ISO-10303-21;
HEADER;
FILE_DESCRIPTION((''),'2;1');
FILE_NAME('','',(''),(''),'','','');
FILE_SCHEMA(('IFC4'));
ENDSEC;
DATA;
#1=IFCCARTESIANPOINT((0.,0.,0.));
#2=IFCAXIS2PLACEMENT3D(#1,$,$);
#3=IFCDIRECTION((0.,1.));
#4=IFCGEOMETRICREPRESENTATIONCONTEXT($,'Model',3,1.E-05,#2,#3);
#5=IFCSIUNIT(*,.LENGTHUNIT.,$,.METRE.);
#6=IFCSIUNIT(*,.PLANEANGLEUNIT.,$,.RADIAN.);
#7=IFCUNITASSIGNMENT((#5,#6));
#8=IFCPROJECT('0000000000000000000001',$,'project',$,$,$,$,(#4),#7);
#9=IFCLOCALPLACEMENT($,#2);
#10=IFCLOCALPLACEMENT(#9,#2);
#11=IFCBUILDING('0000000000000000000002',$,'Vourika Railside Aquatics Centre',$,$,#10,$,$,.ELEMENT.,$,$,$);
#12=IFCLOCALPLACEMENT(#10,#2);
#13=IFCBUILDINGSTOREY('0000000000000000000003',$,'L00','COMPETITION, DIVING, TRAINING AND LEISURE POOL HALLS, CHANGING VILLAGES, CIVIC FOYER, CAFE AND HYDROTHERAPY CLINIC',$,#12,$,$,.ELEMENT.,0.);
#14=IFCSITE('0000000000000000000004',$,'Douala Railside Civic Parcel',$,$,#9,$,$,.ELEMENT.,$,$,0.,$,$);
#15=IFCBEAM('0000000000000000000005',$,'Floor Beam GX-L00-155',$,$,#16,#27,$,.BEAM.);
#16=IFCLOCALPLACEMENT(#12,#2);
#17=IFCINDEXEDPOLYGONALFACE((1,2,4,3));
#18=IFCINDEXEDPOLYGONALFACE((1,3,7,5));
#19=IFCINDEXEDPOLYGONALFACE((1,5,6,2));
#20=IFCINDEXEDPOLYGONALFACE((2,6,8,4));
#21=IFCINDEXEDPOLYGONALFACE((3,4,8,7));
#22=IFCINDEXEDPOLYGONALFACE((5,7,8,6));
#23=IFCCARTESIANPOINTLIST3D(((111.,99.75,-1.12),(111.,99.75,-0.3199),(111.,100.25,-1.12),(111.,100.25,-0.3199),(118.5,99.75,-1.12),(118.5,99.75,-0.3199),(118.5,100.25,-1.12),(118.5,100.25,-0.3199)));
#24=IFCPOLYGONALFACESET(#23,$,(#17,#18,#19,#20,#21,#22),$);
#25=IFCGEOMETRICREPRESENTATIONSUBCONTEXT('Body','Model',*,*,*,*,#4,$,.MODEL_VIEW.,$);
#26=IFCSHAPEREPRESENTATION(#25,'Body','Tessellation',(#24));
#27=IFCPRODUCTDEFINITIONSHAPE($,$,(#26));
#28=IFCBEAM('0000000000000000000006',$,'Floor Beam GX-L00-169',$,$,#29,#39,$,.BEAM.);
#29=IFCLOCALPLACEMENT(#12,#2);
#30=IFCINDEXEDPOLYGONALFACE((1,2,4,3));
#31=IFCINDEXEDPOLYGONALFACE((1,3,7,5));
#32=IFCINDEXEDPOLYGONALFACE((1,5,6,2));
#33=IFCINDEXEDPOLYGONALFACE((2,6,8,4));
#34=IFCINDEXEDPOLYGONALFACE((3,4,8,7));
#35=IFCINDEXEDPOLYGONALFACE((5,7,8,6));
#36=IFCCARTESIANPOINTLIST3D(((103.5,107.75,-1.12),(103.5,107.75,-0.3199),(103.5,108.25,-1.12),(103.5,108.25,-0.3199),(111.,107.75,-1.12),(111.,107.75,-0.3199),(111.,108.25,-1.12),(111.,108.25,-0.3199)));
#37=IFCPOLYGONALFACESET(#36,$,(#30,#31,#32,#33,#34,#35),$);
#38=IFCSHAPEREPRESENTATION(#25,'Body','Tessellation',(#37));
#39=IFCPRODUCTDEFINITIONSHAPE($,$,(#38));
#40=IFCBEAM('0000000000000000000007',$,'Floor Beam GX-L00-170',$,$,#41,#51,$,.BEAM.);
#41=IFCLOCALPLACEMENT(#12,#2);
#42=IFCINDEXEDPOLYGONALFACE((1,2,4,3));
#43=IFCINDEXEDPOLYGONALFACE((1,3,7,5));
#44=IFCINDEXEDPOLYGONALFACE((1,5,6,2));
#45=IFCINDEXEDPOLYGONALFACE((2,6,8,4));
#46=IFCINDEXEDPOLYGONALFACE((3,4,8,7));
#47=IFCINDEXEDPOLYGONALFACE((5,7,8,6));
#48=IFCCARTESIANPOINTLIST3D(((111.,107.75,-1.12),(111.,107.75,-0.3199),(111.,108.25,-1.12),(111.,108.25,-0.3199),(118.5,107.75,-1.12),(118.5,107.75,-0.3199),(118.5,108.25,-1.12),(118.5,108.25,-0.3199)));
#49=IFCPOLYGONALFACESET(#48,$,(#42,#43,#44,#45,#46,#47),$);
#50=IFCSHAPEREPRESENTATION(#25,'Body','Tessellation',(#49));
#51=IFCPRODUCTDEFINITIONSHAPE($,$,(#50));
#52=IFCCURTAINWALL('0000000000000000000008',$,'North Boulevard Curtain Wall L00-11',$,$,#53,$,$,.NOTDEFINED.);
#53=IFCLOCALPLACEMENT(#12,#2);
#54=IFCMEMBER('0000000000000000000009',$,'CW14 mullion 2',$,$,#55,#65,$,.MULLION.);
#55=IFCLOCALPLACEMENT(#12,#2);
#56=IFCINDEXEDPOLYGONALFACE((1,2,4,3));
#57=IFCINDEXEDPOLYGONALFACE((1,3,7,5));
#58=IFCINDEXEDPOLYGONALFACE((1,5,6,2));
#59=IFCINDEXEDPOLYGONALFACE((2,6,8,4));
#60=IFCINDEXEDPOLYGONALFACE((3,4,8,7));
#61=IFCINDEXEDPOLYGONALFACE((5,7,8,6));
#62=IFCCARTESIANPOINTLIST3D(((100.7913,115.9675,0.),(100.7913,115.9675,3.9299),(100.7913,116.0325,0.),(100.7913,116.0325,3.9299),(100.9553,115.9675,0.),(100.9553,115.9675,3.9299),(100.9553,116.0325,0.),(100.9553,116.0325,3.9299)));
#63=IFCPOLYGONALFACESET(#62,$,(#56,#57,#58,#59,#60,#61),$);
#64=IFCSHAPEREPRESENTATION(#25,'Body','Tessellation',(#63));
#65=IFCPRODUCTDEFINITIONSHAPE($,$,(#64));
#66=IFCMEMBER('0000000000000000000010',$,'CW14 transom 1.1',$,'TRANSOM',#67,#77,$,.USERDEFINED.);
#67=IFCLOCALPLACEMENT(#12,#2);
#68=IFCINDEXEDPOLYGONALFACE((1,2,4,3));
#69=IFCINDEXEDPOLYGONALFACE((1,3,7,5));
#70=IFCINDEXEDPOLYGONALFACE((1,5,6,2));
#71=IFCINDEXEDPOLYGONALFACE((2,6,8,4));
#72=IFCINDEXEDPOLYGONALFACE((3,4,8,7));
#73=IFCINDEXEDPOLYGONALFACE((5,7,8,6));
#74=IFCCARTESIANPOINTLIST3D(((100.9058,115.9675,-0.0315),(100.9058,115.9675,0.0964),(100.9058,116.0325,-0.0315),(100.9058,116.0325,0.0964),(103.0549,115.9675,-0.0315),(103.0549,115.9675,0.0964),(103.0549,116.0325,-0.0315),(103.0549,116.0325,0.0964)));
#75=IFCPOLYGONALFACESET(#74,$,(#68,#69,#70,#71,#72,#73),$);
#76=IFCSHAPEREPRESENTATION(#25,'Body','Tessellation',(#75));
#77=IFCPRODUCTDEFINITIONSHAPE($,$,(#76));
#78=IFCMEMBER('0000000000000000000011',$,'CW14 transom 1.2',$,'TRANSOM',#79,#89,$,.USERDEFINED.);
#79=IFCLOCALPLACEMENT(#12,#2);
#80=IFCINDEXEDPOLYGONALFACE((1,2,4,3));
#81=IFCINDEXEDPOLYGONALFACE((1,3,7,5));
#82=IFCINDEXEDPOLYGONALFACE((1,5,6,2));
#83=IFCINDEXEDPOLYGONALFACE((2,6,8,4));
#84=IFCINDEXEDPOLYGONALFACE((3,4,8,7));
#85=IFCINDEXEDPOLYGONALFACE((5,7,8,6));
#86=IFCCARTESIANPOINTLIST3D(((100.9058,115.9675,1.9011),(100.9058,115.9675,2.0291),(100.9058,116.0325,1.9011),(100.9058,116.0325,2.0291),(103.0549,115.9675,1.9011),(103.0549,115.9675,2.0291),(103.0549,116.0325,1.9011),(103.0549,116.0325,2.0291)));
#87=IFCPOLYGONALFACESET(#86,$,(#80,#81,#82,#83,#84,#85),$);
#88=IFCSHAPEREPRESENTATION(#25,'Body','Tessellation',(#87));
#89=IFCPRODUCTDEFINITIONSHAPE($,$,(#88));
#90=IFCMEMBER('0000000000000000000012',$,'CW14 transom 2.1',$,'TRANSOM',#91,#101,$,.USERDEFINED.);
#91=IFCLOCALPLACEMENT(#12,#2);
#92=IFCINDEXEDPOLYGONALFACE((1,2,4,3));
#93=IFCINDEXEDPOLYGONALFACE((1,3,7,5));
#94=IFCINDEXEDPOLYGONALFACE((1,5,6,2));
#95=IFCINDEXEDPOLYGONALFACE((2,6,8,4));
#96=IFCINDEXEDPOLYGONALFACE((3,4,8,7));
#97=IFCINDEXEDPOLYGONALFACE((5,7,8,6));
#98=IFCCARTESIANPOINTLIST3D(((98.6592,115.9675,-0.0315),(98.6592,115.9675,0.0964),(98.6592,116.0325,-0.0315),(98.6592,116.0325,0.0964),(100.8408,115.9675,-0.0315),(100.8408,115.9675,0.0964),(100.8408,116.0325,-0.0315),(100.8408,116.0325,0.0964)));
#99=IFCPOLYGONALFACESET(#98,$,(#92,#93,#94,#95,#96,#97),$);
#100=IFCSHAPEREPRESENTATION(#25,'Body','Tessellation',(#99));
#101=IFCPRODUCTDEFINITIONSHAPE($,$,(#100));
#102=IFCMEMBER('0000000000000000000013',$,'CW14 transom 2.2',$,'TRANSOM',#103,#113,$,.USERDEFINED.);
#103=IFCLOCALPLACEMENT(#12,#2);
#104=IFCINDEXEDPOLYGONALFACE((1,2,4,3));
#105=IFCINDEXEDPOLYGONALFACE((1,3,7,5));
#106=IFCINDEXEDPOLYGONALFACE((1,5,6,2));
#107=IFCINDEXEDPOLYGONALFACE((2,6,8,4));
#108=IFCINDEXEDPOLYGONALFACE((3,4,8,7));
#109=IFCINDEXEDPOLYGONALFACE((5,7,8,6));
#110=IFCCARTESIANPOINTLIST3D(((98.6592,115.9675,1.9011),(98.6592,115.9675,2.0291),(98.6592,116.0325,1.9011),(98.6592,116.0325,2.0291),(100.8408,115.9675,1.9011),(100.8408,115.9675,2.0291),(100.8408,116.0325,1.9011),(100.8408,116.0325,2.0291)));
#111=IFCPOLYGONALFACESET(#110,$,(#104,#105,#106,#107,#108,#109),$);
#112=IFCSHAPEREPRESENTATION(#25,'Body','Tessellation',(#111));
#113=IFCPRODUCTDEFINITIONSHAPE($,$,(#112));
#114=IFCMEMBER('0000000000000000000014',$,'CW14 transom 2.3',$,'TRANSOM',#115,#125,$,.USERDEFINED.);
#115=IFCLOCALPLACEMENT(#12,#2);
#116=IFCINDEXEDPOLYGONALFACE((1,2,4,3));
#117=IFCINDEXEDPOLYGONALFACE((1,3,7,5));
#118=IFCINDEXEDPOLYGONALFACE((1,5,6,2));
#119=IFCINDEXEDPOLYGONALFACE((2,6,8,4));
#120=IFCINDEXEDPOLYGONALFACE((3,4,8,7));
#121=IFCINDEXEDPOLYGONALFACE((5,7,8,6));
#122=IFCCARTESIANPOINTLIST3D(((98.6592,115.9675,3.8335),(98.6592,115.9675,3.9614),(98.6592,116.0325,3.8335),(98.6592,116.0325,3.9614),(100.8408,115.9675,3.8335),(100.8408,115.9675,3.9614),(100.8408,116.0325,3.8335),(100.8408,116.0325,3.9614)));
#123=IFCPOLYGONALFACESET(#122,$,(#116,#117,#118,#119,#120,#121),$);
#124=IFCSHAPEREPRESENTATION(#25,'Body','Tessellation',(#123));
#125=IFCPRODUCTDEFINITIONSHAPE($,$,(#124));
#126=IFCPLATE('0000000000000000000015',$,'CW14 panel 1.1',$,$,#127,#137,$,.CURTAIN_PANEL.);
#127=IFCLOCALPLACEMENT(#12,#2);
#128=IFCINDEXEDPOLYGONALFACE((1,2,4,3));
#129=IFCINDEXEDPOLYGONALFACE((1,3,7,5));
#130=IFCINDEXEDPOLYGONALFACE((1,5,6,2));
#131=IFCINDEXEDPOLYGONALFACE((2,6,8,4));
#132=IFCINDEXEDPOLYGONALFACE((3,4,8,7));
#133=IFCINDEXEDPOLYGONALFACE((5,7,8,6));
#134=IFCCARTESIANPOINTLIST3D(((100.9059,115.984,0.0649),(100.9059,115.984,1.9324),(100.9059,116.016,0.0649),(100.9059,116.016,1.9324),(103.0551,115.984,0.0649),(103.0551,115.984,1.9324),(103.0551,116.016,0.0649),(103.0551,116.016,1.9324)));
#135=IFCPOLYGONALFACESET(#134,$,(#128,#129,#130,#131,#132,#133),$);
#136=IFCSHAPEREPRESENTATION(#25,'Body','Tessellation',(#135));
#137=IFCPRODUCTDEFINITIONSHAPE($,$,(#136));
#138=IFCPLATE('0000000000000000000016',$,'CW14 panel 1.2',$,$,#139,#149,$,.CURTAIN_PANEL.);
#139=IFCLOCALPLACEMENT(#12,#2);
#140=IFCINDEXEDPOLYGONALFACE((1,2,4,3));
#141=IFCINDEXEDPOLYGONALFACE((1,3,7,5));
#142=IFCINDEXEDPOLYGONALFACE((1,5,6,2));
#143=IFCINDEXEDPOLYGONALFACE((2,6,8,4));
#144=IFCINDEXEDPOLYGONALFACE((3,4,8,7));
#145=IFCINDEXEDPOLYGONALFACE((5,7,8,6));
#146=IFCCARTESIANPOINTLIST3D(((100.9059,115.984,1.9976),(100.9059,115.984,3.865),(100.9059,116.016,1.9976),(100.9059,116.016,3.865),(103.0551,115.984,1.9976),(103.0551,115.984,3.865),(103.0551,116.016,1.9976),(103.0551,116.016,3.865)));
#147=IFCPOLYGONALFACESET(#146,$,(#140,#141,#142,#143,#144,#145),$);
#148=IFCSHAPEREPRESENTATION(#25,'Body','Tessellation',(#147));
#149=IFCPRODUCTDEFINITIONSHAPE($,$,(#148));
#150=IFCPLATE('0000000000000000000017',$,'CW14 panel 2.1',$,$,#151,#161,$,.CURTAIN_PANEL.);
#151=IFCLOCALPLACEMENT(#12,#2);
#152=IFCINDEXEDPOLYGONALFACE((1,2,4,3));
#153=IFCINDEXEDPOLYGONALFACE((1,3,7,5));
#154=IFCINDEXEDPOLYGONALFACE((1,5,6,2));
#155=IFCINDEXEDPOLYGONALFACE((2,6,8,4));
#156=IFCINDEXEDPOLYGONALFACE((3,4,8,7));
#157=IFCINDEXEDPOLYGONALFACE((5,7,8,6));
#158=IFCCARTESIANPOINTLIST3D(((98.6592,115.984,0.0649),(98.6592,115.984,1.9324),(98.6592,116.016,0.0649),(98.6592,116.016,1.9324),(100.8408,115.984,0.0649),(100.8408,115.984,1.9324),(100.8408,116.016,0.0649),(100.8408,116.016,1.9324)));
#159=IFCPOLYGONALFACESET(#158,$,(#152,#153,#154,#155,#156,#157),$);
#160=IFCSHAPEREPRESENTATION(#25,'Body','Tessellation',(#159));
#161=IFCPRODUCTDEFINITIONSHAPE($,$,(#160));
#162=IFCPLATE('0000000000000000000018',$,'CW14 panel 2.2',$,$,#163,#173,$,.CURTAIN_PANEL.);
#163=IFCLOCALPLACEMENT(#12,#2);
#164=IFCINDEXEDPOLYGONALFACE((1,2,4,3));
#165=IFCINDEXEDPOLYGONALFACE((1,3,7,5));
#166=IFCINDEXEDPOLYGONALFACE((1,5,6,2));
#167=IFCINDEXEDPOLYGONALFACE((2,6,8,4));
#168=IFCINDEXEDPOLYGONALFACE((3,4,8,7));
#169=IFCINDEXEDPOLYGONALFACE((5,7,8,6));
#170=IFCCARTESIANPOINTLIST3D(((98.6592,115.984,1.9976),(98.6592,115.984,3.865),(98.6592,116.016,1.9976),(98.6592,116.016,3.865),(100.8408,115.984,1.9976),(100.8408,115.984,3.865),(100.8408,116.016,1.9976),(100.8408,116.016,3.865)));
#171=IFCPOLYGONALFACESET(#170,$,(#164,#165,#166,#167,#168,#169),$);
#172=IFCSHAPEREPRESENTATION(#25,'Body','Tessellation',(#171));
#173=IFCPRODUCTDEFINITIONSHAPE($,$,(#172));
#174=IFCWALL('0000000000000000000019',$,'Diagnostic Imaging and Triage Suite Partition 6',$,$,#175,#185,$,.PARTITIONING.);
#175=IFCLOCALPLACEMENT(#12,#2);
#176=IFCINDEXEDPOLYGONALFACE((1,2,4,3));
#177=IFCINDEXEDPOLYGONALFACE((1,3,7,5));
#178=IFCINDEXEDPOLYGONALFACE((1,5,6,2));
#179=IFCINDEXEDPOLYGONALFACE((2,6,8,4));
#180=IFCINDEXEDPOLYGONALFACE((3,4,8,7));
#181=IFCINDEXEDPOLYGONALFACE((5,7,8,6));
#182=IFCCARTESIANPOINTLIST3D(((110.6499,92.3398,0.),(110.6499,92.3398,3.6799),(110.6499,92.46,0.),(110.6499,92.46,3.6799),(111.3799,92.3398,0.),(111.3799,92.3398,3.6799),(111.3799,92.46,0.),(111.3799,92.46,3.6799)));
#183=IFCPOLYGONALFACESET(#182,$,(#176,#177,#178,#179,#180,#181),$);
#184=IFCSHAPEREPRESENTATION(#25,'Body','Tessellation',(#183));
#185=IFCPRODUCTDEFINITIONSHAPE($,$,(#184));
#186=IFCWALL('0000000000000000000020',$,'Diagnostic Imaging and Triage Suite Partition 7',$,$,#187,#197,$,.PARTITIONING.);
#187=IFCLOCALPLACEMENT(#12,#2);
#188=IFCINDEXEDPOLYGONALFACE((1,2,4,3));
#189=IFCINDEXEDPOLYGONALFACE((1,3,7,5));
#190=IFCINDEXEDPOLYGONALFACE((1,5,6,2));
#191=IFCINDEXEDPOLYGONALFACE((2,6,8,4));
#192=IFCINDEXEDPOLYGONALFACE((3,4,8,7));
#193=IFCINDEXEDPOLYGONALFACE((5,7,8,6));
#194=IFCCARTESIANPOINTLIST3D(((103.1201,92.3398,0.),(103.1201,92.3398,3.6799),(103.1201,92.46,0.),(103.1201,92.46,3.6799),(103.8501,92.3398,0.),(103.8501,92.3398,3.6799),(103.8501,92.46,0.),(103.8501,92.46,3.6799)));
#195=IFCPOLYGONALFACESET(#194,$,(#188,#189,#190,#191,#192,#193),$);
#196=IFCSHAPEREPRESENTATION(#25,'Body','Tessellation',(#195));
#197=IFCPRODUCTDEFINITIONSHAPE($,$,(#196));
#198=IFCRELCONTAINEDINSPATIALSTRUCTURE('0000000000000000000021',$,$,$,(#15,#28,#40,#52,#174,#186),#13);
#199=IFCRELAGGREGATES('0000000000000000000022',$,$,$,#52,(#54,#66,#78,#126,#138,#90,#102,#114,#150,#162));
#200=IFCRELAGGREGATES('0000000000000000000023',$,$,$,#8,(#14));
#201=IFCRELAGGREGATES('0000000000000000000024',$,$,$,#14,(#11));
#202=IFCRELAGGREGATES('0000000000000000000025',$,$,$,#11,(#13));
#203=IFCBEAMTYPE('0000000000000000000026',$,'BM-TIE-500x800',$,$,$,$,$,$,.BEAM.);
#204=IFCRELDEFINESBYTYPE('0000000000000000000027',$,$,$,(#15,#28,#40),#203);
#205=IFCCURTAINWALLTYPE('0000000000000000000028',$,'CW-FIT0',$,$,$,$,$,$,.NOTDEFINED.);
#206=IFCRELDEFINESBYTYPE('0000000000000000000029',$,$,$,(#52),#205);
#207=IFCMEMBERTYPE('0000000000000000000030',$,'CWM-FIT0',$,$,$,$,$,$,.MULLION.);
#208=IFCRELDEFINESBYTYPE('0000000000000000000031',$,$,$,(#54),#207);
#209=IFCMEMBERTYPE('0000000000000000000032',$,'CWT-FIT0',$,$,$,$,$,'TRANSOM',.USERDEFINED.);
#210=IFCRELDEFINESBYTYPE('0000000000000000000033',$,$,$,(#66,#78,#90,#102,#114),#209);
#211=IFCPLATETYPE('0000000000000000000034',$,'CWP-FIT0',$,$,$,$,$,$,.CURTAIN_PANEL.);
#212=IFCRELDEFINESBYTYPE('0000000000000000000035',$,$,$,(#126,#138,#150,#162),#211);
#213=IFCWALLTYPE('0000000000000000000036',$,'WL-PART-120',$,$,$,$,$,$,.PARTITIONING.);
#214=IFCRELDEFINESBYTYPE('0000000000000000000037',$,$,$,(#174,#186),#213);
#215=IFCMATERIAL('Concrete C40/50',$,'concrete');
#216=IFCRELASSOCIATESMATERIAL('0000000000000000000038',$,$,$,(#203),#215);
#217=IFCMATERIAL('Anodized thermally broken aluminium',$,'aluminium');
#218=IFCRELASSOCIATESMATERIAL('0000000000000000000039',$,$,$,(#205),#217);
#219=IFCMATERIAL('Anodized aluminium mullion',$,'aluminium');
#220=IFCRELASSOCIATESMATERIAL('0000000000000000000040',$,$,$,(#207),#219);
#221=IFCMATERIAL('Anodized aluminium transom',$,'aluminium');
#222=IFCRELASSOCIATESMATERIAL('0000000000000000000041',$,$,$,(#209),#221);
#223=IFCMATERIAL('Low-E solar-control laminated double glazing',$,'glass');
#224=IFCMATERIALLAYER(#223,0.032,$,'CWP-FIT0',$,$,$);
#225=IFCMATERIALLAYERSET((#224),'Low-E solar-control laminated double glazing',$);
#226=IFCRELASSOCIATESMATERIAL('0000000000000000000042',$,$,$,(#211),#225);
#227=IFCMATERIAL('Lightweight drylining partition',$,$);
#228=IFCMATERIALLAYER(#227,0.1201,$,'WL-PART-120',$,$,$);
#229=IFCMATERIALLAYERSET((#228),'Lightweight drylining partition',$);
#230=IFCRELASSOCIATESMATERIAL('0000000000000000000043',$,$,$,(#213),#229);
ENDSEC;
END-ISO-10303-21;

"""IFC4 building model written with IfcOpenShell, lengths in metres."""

from ifc_helpers import new_model, si_unit, direction, frame, frame_2d, origin, origin_2d, place, context, subcontext, project, spatial, rectangle, extrude, material, layer, layer_set, material_profile, profile_set, type_object, element, aggregate, save


model = new_model("IFC4")

# Units and contexts
model_context = context("Model", 3, precision=1e-05, world=origin(), true_north=direction((0.0, 1.0)))
body_context = subcontext(model_context, "Body", "Model", "MODEL_VIEW")
ifc_project = project(units=[si_unit("LENGTHUNIT", "METRE"), si_unit("PLANEANGLEUNIT", "RADIAN")], contexts=[model_context])

# Site, building, storey
site_placement = place(None, origin())
site = spatial("IfcSite", under=ifc_project, at=site_placement, Name="Douala Railside Civic Parcel", CompositionType="ELEMENT", RefElevation=0.0)
building_placement = place(site_placement, origin())
building = spatial("IfcBuilding", under=site, at=building_placement, Name="Vourika Railside Aquatics Centre", CompositionType="ELEMENT")
storey_placement = place(building_placement, origin())
storey = spatial("IfcBuildingStorey", under=building, at=storey_placement, Name="L00", Description="COMPETITION, DIVING, TRAINING AND LEISURE POOL HALLS, CHANGING VILLAGES, CIVIC FOYER, CAFE AND HYDROTHERAPY CLINIC", CompositionType="ELEMENT", Elevation=0.0)

# Shared definitions
ifc_material_1 = material(Name="Concrete C40/50", Category="concrete")

# Beams
ifc_material_profile_1 = material_profile(ifc_material_1, rectangle(XDim=0.5, YDim=0.8, at=origin_2d()), Name="RC 500x800")
ifc_profile_set_1 = profile_set([ifc_material_profile_1], Name="Concrete C40/50")
beam_type_1 = type_object("IfcBeamType", Name="BM-TIE-500x800", PredefinedType="BEAM", material=ifc_profile_set_1)
for number, where, z_axis, x_axis, name in (
    (1, (111.0, 100.0, -0.72), (1.0, 0.0, 0.0), (0.0, 1.0, 0.0), "Floor Beam GX-L00-155"),
    (2, (103.5, 108.0, -0.72), (1.0, 0.0, 0.0), (0.0, 1.0, 0.0), "Floor Beam GX-L00-169"),
    (3, (111.0, 108.0, -0.72), (1.0, 0.0, 0.0), (0.0, 1.0, 0.0), "Floor Beam GX-L00-170"),
):
    element("IfcBeam", number, at=place(storey_placement, frame(where, z_axis=z_axis, x_axis=x_axis)), inside=storey, type_object=beam_type_1, Name=name, PredefinedType="BEAM", context=body_context, shape_type="SweptSolid", body=[
        extrude(rectangle(XDim=0.5, YDim=0.8, at=origin_2d()), origin(), (0.0, 0.0, 1.0), 7.5),
    ])

# Curtain wall, members, plates
ifc_material_2 = material(Name="Anodized thermally broken aluminium", Category="aluminium")
curtain_wall_type = type_object("IfcCurtainWallType", Name="CW-FIT0", PredefinedType="NOTDEFINED", material=ifc_material_2)
curtain_wall_placement = place(storey_placement, origin())
curtain_wall = element("IfcCurtainWall", 4, at=curtain_wall_placement, inside=storey, type_object=curtain_wall_type, Name="North Boulevard Curtain Wall L00-11", PredefinedType="NOTDEFINED")
ifc_material_3 = material(Name="Anodized aluminium mullion", Category="aluminium")
ifc_material_profile_2 = material_profile(ifc_material_3, rectangle(XDim=0.0649, YDim=0.1641, at=origin_2d()), Name="ALU-M 65x164")
ifc_profile_set_2 = profile_set([ifc_material_profile_2], Name="Anodized aluminium mullion")
member_type_1 = type_object("IfcMemberType", Name="CWM-FIT0", PredefinedType="MULLION", material=ifc_profile_set_2)
member_1_placement = place(storey_placement, frame((100.8733, 116.0, 0.0), z_axis=(0.0, 0.0, 1.0), x_axis=(0.0, -1.0, 0.0)))
member_1 = element("IfcMember", 5, at=member_1_placement, type_object=member_type_1, Name="CW14 mullion 2", PredefinedType="MULLION", context=body_context, shape_type="SweptSolid", body=[
    extrude(rectangle(XDim=0.0649, YDim=0.1641, at=origin_2d()), origin(), (0.0, 0.0, 1.0), 3.9299),
])
ifc_material_4 = material(Name="Anodized aluminium transom", Category="aluminium")
ifc_material_profile_3 = material_profile(ifc_material_4, rectangle(XDim=0.0649, YDim=0.1279, at=origin_2d()), Name="ALU-T 65x128")
ifc_profile_set_3 = profile_set([ifc_material_profile_3], Name="Anodized aluminium transom")
member_type_2 = type_object("IfcMemberType", Name="CWT-FIT0", ElementType="TRANSOM", PredefinedType="USERDEFINED", material=ifc_profile_set_3)
member_2_placement = place(storey_placement, frame((103.0549, 116.0, 0.0325), z_axis=(-1.0, 0.0, 0.0), x_axis=(0.0, -1.0, 0.0)))
member_2 = element("IfcMember", 6, at=member_2_placement, type_object=member_type_2, Name="CW14 transom 1.1", ObjectType="TRANSOM", PredefinedType="USERDEFINED", context=body_context, shape_type="SweptSolid", body=[
    extrude(rectangle(XDim=0.0649, YDim=0.1279, at=origin_2d()), origin(), (0.0, 0.0, 1.0), 2.1492),
])
member_3_placement = place(storey_placement, frame((103.0549, 116.0, 1.9651), z_axis=(-1.0, 0.0, 0.0), x_axis=(0.0, -1.0, 0.0)))
member_3 = element("IfcMember", 7, at=member_3_placement, type_object=member_type_2, Name="CW14 transom 1.2", ObjectType="TRANSOM", PredefinedType="USERDEFINED", context=body_context, shape_type="SweptSolid", body=[
    extrude(rectangle(XDim=0.0649, YDim=0.1279, at=origin_2d()), origin(), (0.0, 0.0, 1.0), 2.1492),
])
member_4_placement = place(storey_placement, frame((100.8408, 116.0, 0.0325), z_axis=(-1.0, 0.0, 0.0), x_axis=(0.0, -1.0, 0.0)))
member_4 = element("IfcMember", 8, at=member_4_placement, type_object=member_type_2, Name="CW14 transom 2.1", ObjectType="TRANSOM", PredefinedType="USERDEFINED", context=body_context, shape_type="SweptSolid", body=[
    extrude(rectangle(XDim=0.0649, YDim=0.1279, at=origin_2d()), origin(), (0.0, 0.0, 1.0), 2.1816),
])
member_5_placement = place(storey_placement, frame((100.8408, 116.0, 1.9651), z_axis=(-1.0, 0.0, 0.0), x_axis=(0.0, -1.0, 0.0)))
member_5 = element("IfcMember", 9, at=member_5_placement, type_object=member_type_2, Name="CW14 transom 2.2", ObjectType="TRANSOM", PredefinedType="USERDEFINED", context=body_context, shape_type="SweptSolid", body=[
    extrude(rectangle(XDim=0.0649, YDim=0.1279, at=origin_2d()), origin(), (0.0, 0.0, 1.0), 2.1816),
])
member_6_placement = place(storey_placement, frame((100.8408, 116.0, 3.8975), z_axis=(-1.0, 0.0, 0.0), x_axis=(0.0, -1.0, 0.0)))
member_6 = element("IfcMember", 10, at=member_6_placement, type_object=member_type_2, Name="CW14 transom 2.3", ObjectType="TRANSOM", PredefinedType="USERDEFINED", context=body_context, shape_type="SweptSolid", body=[
    extrude(rectangle(XDim=0.0649, YDim=0.1279, at=origin_2d()), origin(), (0.0, 0.0, 1.0), 2.1816),
])
ifc_material_5 = material(Name="Low-E solar-control laminated double glazing", Category="glass")
ifc_layer_1 = layer(ifc_material_5, 0.032, Name="CWP-FIT0")
ifc_layer_set_1 = layer_set([ifc_layer_1], Name="Low-E solar-control laminated double glazing")
plate_type = type_object("IfcPlateType", Name="CWP-FIT0", PredefinedType="CURTAIN_PANEL", material=ifc_layer_set_1)
plate_1_placement = place(storey_placement, frame((101.9805, 116.0, 0.0649), z_axis=(0.0, 0.0, 1.0), x_axis=(-1.0, 0.0, 0.0)))
plate_1 = element("IfcPlate", 11, at=plate_1_placement, type_object=plate_type, Name="CW14 panel 1.1", PredefinedType="CURTAIN_PANEL", context=body_context, shape_type="SweptSolid", body=[
    extrude(rectangle(XDim=2.1492, YDim=0.032, at=origin_2d()), origin(), (0.0, 0.0, 1.0), 1.8674),
])
plate_2_placement = place(storey_placement, frame((101.9805, 116.0, 1.9976), z_axis=(0.0, 0.0, 1.0), x_axis=(-1.0, 0.0, 0.0)))
plate_2 = element("IfcPlate", 12, at=plate_2_placement, type_object=plate_type, Name="CW14 panel 1.2", PredefinedType="CURTAIN_PANEL", context=body_context, shape_type="SweptSolid", body=[
    extrude(rectangle(XDim=2.1492, YDim=0.032, at=origin_2d()), origin(), (0.0, 0.0, 1.0), 1.8674),
])
plate_3_placement = place(storey_placement, frame((99.75, 116.0, 0.0649), z_axis=(0.0, 0.0, 1.0), x_axis=(-1.0, 0.0, 0.0)))
plate_3 = element("IfcPlate", 13, at=plate_3_placement, type_object=plate_type, Name="CW14 panel 2.1", PredefinedType="CURTAIN_PANEL", context=body_context, shape_type="SweptSolid", body=[
    extrude(rectangle(XDim=2.1816, YDim=0.032, at=origin_2d()), origin(), (0.0, 0.0, 1.0), 1.8674),
])
plate_4_placement = place(storey_placement, frame((99.75, 116.0, 1.9976), z_axis=(0.0, 0.0, 1.0), x_axis=(-1.0, 0.0, 0.0)))
plate_4 = element("IfcPlate", 14, at=plate_4_placement, type_object=plate_type, Name="CW14 panel 2.2", PredefinedType="CURTAIN_PANEL", context=body_context, shape_type="SweptSolid", body=[
    extrude(rectangle(XDim=2.1816, YDim=0.032, at=origin_2d()), origin(), (0.0, 0.0, 1.0), 1.8674),
])
aggregate(curtain_wall, [member_1, member_2, member_3, plate_1, plate_2, member_4, member_5, member_6, plate_3, plate_4])

# Walls
ifc_material_6 = material(Name="Lightweight drylining partition")
ifc_layer_2 = layer(ifc_material_6, 0.1201, Name="WL-PART-120")
ifc_layer_set_2 = layer_set([ifc_layer_2], Name="Lightweight drylining partition")
wall_type_1 = type_object("IfcWallType", Name="WL-PART-120", PredefinedType="PARTITIONING", material=ifc_layer_set_2)
for number, where, z_axis, x_axis, name in (
    (15, (111.3799, 92.3999, 0.0), (0.0, 0.0, 1.0), (-1.0, 0.0, 0.0), "Diagnostic Imaging and Triage Suite Partition 6"),
    (16, (103.8501, 92.3999, 0.0), (0.0, 0.0, 1.0), (-1.0, 0.0, 0.0), "Diagnostic Imaging and Triage Suite Partition 7"),
):
    element("IfcWall", number, at=place(storey_placement, frame(where, z_axis=z_axis, x_axis=x_axis)), inside=storey, type_object=wall_type_1, Name=name, PredefinedType="PARTITIONING", context=body_context, shape_type="SweptSolid", body=[
        extrude(rectangle(XDim=0.73, YDim=0.1201, at=frame_2d((0.365, 0.0))), origin(), (0.0, 0.0, 1.0), 3.6799),
    ])

save(model, "model.ifc")
